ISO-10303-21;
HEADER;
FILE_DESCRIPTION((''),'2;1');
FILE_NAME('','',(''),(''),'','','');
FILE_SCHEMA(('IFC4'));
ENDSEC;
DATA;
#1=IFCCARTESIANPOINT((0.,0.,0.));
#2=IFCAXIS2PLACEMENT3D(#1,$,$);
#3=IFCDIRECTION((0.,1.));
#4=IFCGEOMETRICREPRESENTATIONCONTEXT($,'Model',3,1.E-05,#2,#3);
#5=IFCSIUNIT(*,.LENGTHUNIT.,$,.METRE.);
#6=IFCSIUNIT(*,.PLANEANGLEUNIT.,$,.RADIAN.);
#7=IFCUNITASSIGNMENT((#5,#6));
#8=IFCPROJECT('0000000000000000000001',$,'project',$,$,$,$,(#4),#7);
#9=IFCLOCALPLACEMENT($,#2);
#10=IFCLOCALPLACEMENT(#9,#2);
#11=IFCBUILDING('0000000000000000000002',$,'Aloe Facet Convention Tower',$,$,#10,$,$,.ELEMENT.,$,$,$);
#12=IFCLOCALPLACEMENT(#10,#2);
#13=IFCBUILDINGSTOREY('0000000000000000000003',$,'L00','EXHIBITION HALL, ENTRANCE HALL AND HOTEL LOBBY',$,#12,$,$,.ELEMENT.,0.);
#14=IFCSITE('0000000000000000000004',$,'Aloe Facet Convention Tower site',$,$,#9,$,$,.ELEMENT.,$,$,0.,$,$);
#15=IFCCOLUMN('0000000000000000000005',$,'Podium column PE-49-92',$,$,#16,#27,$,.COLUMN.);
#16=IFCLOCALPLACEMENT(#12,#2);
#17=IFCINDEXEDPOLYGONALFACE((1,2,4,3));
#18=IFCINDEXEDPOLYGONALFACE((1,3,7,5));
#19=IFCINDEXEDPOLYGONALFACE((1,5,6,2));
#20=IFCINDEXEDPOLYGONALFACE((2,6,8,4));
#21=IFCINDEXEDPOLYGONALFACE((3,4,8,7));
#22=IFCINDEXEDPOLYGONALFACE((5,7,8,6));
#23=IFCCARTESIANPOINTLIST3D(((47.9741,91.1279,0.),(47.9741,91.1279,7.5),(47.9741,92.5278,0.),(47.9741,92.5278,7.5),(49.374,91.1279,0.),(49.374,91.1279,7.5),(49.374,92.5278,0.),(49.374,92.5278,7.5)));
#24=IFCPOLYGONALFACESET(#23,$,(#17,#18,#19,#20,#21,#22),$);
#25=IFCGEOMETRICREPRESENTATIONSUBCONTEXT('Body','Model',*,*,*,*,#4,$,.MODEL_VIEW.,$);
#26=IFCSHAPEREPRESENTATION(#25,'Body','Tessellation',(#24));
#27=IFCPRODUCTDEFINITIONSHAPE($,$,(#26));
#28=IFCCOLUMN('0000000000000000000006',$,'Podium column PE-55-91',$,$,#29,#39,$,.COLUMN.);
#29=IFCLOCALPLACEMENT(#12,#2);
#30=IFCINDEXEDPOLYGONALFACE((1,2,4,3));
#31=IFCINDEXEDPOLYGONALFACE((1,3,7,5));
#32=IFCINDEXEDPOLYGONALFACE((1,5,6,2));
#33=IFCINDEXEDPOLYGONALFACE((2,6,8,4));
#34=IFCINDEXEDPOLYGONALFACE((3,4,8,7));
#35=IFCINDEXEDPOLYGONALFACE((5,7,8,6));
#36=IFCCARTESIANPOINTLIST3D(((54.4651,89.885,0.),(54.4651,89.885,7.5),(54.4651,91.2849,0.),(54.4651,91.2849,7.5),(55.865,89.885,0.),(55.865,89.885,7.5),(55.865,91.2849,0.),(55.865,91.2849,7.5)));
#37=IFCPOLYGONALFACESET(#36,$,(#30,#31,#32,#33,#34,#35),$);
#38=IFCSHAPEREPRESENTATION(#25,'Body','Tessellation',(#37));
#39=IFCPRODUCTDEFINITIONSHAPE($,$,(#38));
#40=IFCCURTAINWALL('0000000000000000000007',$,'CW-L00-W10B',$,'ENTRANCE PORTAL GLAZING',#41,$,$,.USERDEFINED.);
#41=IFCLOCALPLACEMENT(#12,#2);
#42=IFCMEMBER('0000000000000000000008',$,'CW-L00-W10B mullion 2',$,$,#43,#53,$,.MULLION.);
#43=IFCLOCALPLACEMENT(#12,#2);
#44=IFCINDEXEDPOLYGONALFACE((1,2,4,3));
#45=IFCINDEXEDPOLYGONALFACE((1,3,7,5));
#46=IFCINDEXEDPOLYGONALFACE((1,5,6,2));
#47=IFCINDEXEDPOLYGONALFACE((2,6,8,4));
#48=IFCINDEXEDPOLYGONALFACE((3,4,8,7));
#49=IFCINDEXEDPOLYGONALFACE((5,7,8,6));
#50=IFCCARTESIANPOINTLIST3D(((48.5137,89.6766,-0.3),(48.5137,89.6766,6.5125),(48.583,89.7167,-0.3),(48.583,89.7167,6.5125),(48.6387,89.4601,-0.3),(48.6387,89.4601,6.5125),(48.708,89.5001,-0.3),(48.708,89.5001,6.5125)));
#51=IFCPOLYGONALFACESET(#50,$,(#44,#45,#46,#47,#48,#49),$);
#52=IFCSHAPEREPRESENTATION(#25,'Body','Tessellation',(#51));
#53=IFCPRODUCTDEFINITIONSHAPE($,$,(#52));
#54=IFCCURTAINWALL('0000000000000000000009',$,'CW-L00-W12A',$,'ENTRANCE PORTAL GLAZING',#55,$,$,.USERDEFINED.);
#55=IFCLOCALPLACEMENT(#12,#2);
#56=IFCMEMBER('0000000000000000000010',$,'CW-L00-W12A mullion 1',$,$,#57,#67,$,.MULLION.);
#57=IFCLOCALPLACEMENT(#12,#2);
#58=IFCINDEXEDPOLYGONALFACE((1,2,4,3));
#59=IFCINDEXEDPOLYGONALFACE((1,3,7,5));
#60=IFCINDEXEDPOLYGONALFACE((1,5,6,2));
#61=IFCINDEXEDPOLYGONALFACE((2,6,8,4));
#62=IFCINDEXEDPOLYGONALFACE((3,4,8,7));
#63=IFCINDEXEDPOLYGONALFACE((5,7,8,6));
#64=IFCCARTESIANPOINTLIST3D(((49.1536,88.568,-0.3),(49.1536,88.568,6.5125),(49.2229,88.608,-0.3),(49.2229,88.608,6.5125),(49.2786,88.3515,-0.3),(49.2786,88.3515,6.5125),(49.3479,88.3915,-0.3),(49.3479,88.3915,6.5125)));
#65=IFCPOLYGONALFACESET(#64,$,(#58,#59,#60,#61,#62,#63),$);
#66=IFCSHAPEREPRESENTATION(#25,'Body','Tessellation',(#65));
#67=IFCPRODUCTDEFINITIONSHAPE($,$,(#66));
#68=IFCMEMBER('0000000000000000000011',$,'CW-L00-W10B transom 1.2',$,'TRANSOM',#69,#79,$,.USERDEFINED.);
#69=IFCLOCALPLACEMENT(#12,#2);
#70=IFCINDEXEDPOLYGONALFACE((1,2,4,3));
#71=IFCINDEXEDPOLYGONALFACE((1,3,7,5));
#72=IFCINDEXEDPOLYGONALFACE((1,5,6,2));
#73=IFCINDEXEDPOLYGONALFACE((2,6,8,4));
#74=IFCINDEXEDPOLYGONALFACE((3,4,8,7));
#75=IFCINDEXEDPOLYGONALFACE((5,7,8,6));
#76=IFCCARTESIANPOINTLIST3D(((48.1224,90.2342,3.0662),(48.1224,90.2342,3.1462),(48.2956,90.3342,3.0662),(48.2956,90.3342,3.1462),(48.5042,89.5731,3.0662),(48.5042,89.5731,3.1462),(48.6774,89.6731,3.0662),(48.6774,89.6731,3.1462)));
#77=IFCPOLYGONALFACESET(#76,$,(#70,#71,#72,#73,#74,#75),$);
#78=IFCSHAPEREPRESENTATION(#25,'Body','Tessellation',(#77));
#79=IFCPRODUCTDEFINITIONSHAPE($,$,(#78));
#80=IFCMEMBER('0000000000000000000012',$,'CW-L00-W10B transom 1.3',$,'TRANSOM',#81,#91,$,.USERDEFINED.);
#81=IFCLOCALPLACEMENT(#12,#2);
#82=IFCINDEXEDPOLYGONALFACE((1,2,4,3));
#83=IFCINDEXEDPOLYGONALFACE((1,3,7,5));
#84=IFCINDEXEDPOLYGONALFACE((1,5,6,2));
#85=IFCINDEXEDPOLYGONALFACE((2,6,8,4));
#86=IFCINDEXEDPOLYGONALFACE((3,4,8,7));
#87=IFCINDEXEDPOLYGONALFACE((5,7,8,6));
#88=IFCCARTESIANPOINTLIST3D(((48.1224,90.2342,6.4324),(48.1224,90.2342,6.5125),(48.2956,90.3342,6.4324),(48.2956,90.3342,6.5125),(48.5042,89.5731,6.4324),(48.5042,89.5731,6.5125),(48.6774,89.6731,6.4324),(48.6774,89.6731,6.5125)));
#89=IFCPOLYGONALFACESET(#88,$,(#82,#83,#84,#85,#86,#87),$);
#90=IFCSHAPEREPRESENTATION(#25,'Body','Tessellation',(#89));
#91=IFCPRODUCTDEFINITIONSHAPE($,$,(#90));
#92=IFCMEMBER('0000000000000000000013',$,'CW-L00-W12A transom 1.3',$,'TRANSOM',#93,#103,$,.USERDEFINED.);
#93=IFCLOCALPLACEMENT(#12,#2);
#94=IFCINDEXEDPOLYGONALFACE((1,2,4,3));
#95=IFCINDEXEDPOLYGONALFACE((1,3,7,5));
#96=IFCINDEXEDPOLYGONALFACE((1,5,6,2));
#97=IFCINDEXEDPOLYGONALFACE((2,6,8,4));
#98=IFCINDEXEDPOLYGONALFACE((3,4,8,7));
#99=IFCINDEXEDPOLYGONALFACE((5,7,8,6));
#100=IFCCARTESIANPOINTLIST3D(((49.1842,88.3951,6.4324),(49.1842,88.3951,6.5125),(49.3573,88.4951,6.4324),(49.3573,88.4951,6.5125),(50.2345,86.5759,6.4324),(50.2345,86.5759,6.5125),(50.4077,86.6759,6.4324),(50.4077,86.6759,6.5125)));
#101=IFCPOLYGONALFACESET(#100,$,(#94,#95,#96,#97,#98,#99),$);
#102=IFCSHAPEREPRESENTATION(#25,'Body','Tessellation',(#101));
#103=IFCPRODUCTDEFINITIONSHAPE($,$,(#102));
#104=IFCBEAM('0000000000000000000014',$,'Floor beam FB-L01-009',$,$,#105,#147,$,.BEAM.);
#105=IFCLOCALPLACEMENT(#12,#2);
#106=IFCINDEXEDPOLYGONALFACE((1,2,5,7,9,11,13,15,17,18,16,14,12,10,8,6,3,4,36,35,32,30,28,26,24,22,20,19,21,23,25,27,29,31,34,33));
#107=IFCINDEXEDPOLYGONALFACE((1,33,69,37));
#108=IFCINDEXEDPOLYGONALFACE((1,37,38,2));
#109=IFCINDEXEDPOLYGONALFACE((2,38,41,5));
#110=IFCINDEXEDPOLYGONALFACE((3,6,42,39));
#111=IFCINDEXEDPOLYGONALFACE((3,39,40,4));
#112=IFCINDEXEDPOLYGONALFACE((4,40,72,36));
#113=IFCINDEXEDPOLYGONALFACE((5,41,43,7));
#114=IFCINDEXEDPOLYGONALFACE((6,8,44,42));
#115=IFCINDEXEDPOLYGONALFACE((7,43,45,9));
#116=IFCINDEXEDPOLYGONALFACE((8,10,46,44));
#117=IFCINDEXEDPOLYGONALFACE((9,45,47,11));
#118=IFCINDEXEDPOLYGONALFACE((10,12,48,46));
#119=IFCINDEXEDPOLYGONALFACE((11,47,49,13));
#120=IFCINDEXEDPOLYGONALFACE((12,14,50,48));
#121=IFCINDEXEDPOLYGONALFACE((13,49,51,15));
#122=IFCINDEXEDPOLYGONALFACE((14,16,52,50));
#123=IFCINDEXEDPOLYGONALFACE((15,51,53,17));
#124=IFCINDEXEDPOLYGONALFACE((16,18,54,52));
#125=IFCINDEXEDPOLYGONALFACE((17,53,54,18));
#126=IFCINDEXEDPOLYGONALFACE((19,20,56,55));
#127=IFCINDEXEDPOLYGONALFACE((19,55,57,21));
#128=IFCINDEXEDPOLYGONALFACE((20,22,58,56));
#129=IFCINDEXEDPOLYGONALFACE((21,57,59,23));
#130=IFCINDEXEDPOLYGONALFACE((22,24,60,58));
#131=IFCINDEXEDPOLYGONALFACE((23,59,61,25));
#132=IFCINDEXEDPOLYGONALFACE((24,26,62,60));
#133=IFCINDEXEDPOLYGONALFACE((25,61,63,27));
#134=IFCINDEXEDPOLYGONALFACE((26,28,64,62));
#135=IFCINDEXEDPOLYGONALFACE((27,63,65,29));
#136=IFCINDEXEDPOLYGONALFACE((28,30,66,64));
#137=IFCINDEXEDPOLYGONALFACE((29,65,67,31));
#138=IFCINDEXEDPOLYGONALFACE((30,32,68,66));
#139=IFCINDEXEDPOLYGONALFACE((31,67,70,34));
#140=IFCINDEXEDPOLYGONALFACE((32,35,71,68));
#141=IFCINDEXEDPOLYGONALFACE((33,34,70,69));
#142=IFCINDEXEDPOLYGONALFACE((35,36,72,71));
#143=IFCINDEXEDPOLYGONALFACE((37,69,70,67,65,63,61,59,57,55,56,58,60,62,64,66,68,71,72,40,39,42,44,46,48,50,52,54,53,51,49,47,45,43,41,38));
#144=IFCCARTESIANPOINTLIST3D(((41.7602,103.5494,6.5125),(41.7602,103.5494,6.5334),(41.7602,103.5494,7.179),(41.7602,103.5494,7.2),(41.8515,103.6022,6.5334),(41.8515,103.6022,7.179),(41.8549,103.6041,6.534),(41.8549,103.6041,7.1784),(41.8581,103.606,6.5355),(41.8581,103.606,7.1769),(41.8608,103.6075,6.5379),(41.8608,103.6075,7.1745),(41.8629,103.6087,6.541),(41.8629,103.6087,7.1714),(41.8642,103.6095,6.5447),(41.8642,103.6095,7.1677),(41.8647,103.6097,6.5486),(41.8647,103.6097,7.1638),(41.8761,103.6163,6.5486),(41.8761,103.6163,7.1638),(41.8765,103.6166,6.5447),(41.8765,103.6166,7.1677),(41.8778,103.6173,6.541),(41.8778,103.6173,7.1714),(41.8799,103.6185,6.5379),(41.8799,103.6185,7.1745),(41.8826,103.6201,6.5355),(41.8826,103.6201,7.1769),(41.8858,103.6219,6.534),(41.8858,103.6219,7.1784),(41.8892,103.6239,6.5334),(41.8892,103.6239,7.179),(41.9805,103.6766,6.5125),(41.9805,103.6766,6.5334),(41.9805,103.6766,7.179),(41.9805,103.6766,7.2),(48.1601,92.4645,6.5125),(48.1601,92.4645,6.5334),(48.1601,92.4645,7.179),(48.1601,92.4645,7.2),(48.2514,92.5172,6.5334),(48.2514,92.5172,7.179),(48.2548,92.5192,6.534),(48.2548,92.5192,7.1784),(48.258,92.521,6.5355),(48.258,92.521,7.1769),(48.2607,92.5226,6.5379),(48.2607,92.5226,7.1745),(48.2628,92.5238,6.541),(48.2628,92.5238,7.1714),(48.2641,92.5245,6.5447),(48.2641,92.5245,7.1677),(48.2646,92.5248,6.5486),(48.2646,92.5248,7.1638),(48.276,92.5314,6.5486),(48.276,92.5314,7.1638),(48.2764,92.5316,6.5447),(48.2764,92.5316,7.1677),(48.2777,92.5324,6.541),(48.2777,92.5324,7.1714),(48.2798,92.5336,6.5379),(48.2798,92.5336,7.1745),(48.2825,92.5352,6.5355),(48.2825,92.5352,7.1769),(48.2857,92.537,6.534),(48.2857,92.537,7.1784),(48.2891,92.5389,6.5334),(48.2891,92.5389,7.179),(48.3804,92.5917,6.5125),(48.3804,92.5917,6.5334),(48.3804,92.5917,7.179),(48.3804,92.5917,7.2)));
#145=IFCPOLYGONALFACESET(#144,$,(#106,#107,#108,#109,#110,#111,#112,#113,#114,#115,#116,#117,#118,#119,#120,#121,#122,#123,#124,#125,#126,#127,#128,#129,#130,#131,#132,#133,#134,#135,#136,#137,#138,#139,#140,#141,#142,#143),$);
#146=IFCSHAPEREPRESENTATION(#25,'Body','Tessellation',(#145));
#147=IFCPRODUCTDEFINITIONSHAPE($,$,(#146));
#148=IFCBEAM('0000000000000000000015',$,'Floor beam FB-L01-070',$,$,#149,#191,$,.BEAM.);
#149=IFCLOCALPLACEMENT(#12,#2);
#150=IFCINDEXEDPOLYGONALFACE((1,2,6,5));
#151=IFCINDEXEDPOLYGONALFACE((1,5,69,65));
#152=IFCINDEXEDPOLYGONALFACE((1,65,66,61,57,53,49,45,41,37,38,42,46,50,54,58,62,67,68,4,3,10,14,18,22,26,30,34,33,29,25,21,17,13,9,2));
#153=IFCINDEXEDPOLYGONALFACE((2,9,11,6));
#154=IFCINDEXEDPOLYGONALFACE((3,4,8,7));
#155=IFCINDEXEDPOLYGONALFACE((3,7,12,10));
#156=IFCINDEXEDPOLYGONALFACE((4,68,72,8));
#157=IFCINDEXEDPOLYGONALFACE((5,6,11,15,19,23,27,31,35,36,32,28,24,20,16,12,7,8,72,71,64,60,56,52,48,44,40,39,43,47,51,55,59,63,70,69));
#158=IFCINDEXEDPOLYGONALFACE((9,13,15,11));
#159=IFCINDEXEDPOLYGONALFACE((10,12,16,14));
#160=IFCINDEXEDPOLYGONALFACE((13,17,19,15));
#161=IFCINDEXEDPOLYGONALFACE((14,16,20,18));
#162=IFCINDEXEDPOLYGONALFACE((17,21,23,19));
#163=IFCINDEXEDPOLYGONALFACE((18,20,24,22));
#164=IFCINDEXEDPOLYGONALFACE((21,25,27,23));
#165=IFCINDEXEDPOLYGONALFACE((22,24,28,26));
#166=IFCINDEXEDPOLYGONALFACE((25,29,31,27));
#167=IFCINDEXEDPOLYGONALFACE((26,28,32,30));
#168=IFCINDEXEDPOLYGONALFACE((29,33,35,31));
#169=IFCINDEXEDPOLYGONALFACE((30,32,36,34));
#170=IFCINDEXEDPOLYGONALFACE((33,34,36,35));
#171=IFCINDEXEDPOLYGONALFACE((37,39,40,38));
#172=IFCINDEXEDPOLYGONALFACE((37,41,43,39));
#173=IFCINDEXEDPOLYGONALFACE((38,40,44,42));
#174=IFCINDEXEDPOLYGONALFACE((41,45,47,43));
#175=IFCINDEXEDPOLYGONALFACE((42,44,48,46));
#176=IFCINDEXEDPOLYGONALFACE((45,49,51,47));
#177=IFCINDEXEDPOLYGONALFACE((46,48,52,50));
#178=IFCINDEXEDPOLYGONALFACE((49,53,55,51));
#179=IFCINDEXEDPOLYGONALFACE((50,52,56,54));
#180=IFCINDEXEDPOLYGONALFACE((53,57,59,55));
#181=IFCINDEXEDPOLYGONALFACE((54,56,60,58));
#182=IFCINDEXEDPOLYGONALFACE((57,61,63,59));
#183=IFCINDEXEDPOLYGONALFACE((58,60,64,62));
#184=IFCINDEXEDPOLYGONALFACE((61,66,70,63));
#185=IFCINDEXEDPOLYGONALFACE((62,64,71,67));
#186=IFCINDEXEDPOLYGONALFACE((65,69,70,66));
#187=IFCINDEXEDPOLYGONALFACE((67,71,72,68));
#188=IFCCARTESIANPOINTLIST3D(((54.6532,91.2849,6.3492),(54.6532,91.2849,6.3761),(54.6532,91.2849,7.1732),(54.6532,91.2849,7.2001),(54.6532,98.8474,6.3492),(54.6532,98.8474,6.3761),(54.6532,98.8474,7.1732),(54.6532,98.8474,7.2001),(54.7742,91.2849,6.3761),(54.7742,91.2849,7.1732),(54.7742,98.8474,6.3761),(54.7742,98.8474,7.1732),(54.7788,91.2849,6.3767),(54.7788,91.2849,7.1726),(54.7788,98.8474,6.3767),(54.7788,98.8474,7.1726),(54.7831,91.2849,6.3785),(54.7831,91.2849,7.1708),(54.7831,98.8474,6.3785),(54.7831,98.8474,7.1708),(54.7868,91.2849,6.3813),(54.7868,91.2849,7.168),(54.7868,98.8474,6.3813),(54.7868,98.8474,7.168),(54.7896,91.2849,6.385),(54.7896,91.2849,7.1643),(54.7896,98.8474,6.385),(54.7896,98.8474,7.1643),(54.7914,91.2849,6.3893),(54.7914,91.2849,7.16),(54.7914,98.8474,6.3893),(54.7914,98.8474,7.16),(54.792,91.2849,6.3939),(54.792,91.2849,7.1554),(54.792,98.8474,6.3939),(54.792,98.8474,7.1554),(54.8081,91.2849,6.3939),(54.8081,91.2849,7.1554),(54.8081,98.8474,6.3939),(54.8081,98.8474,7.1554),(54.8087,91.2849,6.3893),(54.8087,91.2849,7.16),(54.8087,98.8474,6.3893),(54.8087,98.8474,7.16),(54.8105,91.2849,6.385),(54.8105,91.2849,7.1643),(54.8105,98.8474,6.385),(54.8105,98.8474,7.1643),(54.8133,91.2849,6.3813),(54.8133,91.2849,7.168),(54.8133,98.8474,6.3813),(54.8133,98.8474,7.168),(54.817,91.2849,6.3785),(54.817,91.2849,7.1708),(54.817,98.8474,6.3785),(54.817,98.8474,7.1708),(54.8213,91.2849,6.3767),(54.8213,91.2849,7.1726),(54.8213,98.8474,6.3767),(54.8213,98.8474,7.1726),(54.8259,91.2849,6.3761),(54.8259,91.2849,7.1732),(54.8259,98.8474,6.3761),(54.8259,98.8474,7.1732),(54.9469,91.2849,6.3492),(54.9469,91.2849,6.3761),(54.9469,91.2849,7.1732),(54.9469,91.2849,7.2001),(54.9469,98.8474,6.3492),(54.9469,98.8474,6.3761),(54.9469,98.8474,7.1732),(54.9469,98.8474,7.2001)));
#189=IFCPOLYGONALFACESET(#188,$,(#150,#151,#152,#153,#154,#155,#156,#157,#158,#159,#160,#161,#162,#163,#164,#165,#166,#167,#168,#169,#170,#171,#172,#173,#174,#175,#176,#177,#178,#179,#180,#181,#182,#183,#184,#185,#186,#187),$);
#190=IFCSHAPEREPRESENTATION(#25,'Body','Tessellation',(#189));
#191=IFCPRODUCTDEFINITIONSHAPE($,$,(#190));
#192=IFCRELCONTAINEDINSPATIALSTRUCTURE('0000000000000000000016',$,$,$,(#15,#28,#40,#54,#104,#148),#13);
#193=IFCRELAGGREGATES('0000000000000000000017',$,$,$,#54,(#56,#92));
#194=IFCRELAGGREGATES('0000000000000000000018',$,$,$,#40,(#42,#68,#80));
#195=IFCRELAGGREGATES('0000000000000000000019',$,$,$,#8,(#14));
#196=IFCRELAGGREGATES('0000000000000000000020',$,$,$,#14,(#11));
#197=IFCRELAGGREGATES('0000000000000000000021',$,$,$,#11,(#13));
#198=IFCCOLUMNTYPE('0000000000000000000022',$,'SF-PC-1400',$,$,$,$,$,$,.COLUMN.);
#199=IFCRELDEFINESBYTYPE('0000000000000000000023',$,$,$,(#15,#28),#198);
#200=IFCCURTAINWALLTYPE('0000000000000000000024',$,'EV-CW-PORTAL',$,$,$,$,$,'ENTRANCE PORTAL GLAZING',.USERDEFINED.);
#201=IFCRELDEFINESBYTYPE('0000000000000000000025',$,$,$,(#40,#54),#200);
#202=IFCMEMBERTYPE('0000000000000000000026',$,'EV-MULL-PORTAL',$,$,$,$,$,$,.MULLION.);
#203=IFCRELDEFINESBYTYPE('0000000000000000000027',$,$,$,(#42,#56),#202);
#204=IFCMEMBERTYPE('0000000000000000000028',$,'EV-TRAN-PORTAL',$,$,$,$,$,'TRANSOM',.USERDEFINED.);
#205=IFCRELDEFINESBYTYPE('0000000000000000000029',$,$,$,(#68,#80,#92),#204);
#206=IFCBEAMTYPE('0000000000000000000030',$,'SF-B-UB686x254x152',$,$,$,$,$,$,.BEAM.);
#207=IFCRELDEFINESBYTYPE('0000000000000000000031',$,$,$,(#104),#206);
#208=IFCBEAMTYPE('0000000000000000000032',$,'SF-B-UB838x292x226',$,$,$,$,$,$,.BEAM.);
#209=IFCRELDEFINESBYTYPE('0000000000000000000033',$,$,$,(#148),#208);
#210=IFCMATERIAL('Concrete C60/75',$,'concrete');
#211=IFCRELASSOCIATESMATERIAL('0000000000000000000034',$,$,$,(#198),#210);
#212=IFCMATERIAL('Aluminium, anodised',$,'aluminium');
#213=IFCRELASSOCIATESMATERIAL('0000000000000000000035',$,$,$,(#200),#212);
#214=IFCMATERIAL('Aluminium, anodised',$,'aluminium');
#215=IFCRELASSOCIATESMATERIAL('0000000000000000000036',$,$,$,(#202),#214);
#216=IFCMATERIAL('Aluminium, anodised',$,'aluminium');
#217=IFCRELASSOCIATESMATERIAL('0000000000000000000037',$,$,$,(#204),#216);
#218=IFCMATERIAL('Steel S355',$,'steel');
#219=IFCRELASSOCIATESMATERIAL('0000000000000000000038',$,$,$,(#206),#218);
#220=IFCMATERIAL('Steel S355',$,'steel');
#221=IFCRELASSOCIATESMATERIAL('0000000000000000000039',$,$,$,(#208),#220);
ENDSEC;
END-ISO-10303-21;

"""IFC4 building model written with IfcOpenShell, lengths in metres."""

from ifc_helpers import new_model, si_unit, direction, frame, origin, origin_2d, place, context, subcontext, project, spatial, rectangle, i_section, extrude, material, material_profile, profile_set, type_object, element, aggregate, save


model = new_model("IFC4")

# Units and contexts
model_context = context("Model", 3, precision=1e-05, world=origin(), true_north=direction((0.0, 1.0)))
body_context = subcontext(model_context, "Body", "Model", "MODEL_VIEW")
ifc_project = project(units=[si_unit("LENGTHUNIT", "METRE"), si_unit("PLANEANGLEUNIT", "RADIAN")], contexts=[model_context])

# Site, building, storey
site_placement = place(None, origin())
site = spatial("IfcSite", under=ifc_project, at=site_placement, Name="Aloe Facet Convention Tower site", CompositionType="ELEMENT", RefElevation=0.0)
building_placement = place(site_placement, origin())
building = spatial("IfcBuilding", under=site, at=building_placement, Name="Aloe Facet Convention Tower", CompositionType="ELEMENT")
storey_placement = place(building_placement, origin())
storey = spatial("IfcBuildingStorey", under=building, at=storey_placement, Name="L00", Description="EXHIBITION HALL, ENTRANCE HALL AND HOTEL LOBBY", CompositionType="ELEMENT", Elevation=0.0)

# Columns
ifc_material_1 = material(Name="Concrete C60/75", Category="concrete")
ifc_material_profile_1 = material_profile(ifc_material_1, rectangle(XDim=1.3999, YDim=1.3999, at=origin_2d()), Name="SF-PC-1400")
ifc_profile_set_1 = profile_set([ifc_material_profile_1], Name="Concrete C60/75")
column_type = type_object("IfcColumnType", Name="SF-PC-1400", PredefinedType="COLUMN", material=ifc_profile_set_1)
for number, where, z_axis, x_axis, name in (
    (1, (48.6741, 91.8279, 0.0), (0.0, 0.0, 1.0), (1.0, 0.0, 0.0), "Podium column PE-49-92"),
    (2, (55.165, 90.585, 0.0), (0.0, 0.0, 1.0), (1.0, 0.0, 0.0), "Podium column PE-55-91"),
):
    element("IfcColumn", number, at=place(storey_placement, frame(where, z_axis=z_axis, x_axis=x_axis)), inside=storey, type_object=column_type, Name=name, PredefinedType="COLUMN", context=body_context, shape_type="SweptSolid", body=[
        extrude(rectangle(XDim=1.3999, YDim=1.3999, at=origin_2d()), origin(), (0.0, 0.0, 1.0), 7.5),
    ])

# Curtain walls, members
ifc_material_2 = material(Name="Aluminium, anodised", Category="aluminium")
curtain_wall_type = type_object("IfcCurtainWallType", Name="EV-CW-PORTAL", ElementType="ENTRANCE PORTAL GLAZING", PredefinedType="USERDEFINED", material=ifc_material_2)
curtain_wall_1_placement = place(storey_placement, origin())
curtain_wall_1 = element("IfcCurtainWall", 3, at=curtain_wall_1_placement, inside=storey, type_object=curtain_wall_type, Name="CW-L00-W10B", ObjectType="ENTRANCE PORTAL GLAZING", PredefinedType="USERDEFINED")
ifc_material_3 = material(Name="Aluminium, anodised", Category="aluminium")
ifc_material_profile_2 = material_profile(ifc_material_3, rectangle(XDim=0.0801, YDim=0.25, at=origin_2d()), Name="AL 80x250")
ifc_profile_set_2 = profile_set([ifc_material_profile_2], Name="Aluminium, anodised")
member_type_1 = type_object("IfcMemberType", Name="EV-MULL-PORTAL", PredefinedType="MULLION", material=ifc_profile_set_2)
member_1_placement = place(storey_placement, frame((48.6108, 89.5884, -0.3), z_axis=(0.0, 0.0, 1.0), x_axis=(0.866025, 0.5, 0.0)))
member_1 = element("IfcMember", 4, at=member_1_placement, type_object=member_type_1, Name="CW-L00-W10B mullion 2", PredefinedType="MULLION", context=body_context, shape_type="SweptSolid", body=[
    extrude(rectangle(XDim=0.0801, YDim=0.25, at=origin_2d()), origin(), (0.0, 0.0, 1.0), 6.8125),
])
curtain_wall_2_placement = place(storey_placement, origin())
curtain_wall_2 = element("IfcCurtainWall", 5, at=curtain_wall_2_placement, inside=storey, type_object=curtain_wall_type, Name="CW-L00-W12A", ObjectType="ENTRANCE PORTAL GLAZING", PredefinedType="USERDEFINED")
member_2_placement = place(storey_placement, frame((49.2507, 88.4797, -0.3), z_axis=(0.0, 0.0, 1.0), x_axis=(0.866025, 0.5, 0.0)))
member_2 = element("IfcMember", 6, at=member_2_placement, type_object=member_type_1, Name="CW-L00-W12A mullion 1", PredefinedType="MULLION", context=body_context, shape_type="SweptSolid", body=[
    extrude(rectangle(XDim=0.0801, YDim=0.25, at=origin_2d()), origin(), (0.0, 0.0, 1.0), 6.8125),
])

# Members
ifc_material_4 = material(Name="Aluminium, anodised", Category="aluminium")
ifc_material_profile_3 = material_profile(ifc_material_4, rectangle(XDim=0.2, YDim=0.0801, at=origin_2d()), Name="AL 200x80")
ifc_profile_set_3 = profile_set([ifc_material_profile_3], Name="Aluminium, anodised")
member_type_2 = type_object("IfcMemberType", Name="EV-TRAN-PORTAL", ElementType="TRANSOM", PredefinedType="USERDEFINED", material=ifc_profile_set_3)
member_3_placement = place(storey_placement, frame((48.209, 90.2842, 3.1062), z_axis=(0.500128, -0.865951, 0.0), x_axis=(0.865951, 0.500128, 0.0)))
member_3 = element("IfcMember", 7, at=member_3_placement, type_object=member_type_2, Name="CW-L00-W10B transom 1.2", ObjectType="TRANSOM", PredefinedType="USERDEFINED", context=body_context, shape_type="SweptSolid", body=[
    extrude(rectangle(XDim=0.2, YDim=0.0801, at=origin_2d()), origin(), (0.0, 0.0, 1.0), 0.7634),
])
member_4_placement = place(storey_placement, frame((48.209, 90.2842, 6.4724), z_axis=(0.500128, -0.865951, 0.0), x_axis=(0.865951, 0.500128, 0.0)))
member_4 = element("IfcMember", 8, at=member_4_placement, type_object=member_type_2, Name="CW-L00-W10B transom 1.3", ObjectType="TRANSOM", PredefinedType="USERDEFINED", context=body_context, shape_type="SweptSolid", body=[
    extrude(rectangle(XDim=0.2, YDim=0.0801, at=origin_2d()), origin(), (0.0, 0.0, 1.0), 0.7634),
])
member_5_placement = place(storey_placement, frame((49.2708, 88.4451, 6.4724), z_axis=(0.500014, -0.866017, 0.0), x_axis=(0.866017, 0.500014, 0.0)))
member_5 = element("IfcMember", 9, at=member_5_placement, type_object=member_type_2, Name="CW-L00-W12A transom 1.3", ObjectType="TRANSOM", PredefinedType="USERDEFINED", context=body_context, shape_type="SweptSolid", body=[
    extrude(rectangle(XDim=0.2, YDim=0.0801, at=origin_2d()), origin(), (0.0, 0.0, 1.0), 2.1006),
])
aggregate(curtain_wall_2, [member_2, member_5])

# Beams
ifc_material_5 = material(Name="Steel S355", Category="steel")
ifc_material_profile_4 = material_profile(ifc_material_5, i_section(OverallWidth=0.2544, OverallDepth=0.6875, WebThickness=0.0132, FlangeThickness=0.021, FilletRadius=0.0151, at=origin_2d()), Name="UB 686x254x152")
ifc_profile_set_4 = profile_set([ifc_material_profile_4], Name="Steel S355")
beam_type_1 = type_object("IfcBeamType", Name="SF-B-UB686x254x152", PredefinedType="BEAM", material=ifc_profile_set_4)
beam_1_placement = place(storey_placement, frame((48.2703, 92.5281, 6.8562), z_axis=(-0.5, 0.866025, 0.0), x_axis=(-0.866025, -0.5, 0.0)))
element("IfcBeam", 10, at=beam_1_placement, inside=storey, type_object=beam_type_1, Name="Floor beam FB-L01-009", PredefinedType="BEAM", context=body_context, shape_type="SweptSolid", body=[
    extrude(i_section(OverallWidth=0.2544, OverallDepth=0.6875, WebThickness=0.0132, FlangeThickness=0.021, FilletRadius=0.0151, at=origin_2d()), origin(), (0.0, 0.0, 1.0), 12.7998),
])
ifc_material_6 = material(Name="Steel S355", Category="steel")
ifc_material_profile_5 = material_profile(ifc_material_6, i_section(OverallWidth=0.2937, OverallDepth=0.8508, WebThickness=0.0161, FlangeThickness=0.0269, FilletRadius=0.0178, at=origin_2d()), Name="UB 838x292x226")
ifc_profile_set_5 = profile_set([ifc_material_profile_5], Name="Steel S355")
beam_type_2 = type_object("IfcBeamType", Name="SF-B-UB838x292x226", PredefinedType="BEAM", material=ifc_profile_set_5)
beam_2_placement = place(storey_placement, frame((54.8, 91.2849, 6.7747), z_axis=(0.0, 1.0, 0.0), x_axis=(-1.0, 0.0, 0.0)))
element("IfcBeam", 11, at=beam_2_placement, inside=storey, type_object=beam_type_2, Name="Floor beam FB-L01-070", PredefinedType="BEAM", context=body_context, shape_type="SweptSolid", body=[
    extrude(i_section(OverallWidth=0.2937, OverallDepth=0.8508, WebThickness=0.0161, FlangeThickness=0.0269, FilletRadius=0.0178, at=origin_2d()), origin(), (0.0, 0.0, 1.0), 7.5625),
])

aggregate(curtain_wall_1, [member_1, member_3, member_4])

save(model, "model.ifc")
